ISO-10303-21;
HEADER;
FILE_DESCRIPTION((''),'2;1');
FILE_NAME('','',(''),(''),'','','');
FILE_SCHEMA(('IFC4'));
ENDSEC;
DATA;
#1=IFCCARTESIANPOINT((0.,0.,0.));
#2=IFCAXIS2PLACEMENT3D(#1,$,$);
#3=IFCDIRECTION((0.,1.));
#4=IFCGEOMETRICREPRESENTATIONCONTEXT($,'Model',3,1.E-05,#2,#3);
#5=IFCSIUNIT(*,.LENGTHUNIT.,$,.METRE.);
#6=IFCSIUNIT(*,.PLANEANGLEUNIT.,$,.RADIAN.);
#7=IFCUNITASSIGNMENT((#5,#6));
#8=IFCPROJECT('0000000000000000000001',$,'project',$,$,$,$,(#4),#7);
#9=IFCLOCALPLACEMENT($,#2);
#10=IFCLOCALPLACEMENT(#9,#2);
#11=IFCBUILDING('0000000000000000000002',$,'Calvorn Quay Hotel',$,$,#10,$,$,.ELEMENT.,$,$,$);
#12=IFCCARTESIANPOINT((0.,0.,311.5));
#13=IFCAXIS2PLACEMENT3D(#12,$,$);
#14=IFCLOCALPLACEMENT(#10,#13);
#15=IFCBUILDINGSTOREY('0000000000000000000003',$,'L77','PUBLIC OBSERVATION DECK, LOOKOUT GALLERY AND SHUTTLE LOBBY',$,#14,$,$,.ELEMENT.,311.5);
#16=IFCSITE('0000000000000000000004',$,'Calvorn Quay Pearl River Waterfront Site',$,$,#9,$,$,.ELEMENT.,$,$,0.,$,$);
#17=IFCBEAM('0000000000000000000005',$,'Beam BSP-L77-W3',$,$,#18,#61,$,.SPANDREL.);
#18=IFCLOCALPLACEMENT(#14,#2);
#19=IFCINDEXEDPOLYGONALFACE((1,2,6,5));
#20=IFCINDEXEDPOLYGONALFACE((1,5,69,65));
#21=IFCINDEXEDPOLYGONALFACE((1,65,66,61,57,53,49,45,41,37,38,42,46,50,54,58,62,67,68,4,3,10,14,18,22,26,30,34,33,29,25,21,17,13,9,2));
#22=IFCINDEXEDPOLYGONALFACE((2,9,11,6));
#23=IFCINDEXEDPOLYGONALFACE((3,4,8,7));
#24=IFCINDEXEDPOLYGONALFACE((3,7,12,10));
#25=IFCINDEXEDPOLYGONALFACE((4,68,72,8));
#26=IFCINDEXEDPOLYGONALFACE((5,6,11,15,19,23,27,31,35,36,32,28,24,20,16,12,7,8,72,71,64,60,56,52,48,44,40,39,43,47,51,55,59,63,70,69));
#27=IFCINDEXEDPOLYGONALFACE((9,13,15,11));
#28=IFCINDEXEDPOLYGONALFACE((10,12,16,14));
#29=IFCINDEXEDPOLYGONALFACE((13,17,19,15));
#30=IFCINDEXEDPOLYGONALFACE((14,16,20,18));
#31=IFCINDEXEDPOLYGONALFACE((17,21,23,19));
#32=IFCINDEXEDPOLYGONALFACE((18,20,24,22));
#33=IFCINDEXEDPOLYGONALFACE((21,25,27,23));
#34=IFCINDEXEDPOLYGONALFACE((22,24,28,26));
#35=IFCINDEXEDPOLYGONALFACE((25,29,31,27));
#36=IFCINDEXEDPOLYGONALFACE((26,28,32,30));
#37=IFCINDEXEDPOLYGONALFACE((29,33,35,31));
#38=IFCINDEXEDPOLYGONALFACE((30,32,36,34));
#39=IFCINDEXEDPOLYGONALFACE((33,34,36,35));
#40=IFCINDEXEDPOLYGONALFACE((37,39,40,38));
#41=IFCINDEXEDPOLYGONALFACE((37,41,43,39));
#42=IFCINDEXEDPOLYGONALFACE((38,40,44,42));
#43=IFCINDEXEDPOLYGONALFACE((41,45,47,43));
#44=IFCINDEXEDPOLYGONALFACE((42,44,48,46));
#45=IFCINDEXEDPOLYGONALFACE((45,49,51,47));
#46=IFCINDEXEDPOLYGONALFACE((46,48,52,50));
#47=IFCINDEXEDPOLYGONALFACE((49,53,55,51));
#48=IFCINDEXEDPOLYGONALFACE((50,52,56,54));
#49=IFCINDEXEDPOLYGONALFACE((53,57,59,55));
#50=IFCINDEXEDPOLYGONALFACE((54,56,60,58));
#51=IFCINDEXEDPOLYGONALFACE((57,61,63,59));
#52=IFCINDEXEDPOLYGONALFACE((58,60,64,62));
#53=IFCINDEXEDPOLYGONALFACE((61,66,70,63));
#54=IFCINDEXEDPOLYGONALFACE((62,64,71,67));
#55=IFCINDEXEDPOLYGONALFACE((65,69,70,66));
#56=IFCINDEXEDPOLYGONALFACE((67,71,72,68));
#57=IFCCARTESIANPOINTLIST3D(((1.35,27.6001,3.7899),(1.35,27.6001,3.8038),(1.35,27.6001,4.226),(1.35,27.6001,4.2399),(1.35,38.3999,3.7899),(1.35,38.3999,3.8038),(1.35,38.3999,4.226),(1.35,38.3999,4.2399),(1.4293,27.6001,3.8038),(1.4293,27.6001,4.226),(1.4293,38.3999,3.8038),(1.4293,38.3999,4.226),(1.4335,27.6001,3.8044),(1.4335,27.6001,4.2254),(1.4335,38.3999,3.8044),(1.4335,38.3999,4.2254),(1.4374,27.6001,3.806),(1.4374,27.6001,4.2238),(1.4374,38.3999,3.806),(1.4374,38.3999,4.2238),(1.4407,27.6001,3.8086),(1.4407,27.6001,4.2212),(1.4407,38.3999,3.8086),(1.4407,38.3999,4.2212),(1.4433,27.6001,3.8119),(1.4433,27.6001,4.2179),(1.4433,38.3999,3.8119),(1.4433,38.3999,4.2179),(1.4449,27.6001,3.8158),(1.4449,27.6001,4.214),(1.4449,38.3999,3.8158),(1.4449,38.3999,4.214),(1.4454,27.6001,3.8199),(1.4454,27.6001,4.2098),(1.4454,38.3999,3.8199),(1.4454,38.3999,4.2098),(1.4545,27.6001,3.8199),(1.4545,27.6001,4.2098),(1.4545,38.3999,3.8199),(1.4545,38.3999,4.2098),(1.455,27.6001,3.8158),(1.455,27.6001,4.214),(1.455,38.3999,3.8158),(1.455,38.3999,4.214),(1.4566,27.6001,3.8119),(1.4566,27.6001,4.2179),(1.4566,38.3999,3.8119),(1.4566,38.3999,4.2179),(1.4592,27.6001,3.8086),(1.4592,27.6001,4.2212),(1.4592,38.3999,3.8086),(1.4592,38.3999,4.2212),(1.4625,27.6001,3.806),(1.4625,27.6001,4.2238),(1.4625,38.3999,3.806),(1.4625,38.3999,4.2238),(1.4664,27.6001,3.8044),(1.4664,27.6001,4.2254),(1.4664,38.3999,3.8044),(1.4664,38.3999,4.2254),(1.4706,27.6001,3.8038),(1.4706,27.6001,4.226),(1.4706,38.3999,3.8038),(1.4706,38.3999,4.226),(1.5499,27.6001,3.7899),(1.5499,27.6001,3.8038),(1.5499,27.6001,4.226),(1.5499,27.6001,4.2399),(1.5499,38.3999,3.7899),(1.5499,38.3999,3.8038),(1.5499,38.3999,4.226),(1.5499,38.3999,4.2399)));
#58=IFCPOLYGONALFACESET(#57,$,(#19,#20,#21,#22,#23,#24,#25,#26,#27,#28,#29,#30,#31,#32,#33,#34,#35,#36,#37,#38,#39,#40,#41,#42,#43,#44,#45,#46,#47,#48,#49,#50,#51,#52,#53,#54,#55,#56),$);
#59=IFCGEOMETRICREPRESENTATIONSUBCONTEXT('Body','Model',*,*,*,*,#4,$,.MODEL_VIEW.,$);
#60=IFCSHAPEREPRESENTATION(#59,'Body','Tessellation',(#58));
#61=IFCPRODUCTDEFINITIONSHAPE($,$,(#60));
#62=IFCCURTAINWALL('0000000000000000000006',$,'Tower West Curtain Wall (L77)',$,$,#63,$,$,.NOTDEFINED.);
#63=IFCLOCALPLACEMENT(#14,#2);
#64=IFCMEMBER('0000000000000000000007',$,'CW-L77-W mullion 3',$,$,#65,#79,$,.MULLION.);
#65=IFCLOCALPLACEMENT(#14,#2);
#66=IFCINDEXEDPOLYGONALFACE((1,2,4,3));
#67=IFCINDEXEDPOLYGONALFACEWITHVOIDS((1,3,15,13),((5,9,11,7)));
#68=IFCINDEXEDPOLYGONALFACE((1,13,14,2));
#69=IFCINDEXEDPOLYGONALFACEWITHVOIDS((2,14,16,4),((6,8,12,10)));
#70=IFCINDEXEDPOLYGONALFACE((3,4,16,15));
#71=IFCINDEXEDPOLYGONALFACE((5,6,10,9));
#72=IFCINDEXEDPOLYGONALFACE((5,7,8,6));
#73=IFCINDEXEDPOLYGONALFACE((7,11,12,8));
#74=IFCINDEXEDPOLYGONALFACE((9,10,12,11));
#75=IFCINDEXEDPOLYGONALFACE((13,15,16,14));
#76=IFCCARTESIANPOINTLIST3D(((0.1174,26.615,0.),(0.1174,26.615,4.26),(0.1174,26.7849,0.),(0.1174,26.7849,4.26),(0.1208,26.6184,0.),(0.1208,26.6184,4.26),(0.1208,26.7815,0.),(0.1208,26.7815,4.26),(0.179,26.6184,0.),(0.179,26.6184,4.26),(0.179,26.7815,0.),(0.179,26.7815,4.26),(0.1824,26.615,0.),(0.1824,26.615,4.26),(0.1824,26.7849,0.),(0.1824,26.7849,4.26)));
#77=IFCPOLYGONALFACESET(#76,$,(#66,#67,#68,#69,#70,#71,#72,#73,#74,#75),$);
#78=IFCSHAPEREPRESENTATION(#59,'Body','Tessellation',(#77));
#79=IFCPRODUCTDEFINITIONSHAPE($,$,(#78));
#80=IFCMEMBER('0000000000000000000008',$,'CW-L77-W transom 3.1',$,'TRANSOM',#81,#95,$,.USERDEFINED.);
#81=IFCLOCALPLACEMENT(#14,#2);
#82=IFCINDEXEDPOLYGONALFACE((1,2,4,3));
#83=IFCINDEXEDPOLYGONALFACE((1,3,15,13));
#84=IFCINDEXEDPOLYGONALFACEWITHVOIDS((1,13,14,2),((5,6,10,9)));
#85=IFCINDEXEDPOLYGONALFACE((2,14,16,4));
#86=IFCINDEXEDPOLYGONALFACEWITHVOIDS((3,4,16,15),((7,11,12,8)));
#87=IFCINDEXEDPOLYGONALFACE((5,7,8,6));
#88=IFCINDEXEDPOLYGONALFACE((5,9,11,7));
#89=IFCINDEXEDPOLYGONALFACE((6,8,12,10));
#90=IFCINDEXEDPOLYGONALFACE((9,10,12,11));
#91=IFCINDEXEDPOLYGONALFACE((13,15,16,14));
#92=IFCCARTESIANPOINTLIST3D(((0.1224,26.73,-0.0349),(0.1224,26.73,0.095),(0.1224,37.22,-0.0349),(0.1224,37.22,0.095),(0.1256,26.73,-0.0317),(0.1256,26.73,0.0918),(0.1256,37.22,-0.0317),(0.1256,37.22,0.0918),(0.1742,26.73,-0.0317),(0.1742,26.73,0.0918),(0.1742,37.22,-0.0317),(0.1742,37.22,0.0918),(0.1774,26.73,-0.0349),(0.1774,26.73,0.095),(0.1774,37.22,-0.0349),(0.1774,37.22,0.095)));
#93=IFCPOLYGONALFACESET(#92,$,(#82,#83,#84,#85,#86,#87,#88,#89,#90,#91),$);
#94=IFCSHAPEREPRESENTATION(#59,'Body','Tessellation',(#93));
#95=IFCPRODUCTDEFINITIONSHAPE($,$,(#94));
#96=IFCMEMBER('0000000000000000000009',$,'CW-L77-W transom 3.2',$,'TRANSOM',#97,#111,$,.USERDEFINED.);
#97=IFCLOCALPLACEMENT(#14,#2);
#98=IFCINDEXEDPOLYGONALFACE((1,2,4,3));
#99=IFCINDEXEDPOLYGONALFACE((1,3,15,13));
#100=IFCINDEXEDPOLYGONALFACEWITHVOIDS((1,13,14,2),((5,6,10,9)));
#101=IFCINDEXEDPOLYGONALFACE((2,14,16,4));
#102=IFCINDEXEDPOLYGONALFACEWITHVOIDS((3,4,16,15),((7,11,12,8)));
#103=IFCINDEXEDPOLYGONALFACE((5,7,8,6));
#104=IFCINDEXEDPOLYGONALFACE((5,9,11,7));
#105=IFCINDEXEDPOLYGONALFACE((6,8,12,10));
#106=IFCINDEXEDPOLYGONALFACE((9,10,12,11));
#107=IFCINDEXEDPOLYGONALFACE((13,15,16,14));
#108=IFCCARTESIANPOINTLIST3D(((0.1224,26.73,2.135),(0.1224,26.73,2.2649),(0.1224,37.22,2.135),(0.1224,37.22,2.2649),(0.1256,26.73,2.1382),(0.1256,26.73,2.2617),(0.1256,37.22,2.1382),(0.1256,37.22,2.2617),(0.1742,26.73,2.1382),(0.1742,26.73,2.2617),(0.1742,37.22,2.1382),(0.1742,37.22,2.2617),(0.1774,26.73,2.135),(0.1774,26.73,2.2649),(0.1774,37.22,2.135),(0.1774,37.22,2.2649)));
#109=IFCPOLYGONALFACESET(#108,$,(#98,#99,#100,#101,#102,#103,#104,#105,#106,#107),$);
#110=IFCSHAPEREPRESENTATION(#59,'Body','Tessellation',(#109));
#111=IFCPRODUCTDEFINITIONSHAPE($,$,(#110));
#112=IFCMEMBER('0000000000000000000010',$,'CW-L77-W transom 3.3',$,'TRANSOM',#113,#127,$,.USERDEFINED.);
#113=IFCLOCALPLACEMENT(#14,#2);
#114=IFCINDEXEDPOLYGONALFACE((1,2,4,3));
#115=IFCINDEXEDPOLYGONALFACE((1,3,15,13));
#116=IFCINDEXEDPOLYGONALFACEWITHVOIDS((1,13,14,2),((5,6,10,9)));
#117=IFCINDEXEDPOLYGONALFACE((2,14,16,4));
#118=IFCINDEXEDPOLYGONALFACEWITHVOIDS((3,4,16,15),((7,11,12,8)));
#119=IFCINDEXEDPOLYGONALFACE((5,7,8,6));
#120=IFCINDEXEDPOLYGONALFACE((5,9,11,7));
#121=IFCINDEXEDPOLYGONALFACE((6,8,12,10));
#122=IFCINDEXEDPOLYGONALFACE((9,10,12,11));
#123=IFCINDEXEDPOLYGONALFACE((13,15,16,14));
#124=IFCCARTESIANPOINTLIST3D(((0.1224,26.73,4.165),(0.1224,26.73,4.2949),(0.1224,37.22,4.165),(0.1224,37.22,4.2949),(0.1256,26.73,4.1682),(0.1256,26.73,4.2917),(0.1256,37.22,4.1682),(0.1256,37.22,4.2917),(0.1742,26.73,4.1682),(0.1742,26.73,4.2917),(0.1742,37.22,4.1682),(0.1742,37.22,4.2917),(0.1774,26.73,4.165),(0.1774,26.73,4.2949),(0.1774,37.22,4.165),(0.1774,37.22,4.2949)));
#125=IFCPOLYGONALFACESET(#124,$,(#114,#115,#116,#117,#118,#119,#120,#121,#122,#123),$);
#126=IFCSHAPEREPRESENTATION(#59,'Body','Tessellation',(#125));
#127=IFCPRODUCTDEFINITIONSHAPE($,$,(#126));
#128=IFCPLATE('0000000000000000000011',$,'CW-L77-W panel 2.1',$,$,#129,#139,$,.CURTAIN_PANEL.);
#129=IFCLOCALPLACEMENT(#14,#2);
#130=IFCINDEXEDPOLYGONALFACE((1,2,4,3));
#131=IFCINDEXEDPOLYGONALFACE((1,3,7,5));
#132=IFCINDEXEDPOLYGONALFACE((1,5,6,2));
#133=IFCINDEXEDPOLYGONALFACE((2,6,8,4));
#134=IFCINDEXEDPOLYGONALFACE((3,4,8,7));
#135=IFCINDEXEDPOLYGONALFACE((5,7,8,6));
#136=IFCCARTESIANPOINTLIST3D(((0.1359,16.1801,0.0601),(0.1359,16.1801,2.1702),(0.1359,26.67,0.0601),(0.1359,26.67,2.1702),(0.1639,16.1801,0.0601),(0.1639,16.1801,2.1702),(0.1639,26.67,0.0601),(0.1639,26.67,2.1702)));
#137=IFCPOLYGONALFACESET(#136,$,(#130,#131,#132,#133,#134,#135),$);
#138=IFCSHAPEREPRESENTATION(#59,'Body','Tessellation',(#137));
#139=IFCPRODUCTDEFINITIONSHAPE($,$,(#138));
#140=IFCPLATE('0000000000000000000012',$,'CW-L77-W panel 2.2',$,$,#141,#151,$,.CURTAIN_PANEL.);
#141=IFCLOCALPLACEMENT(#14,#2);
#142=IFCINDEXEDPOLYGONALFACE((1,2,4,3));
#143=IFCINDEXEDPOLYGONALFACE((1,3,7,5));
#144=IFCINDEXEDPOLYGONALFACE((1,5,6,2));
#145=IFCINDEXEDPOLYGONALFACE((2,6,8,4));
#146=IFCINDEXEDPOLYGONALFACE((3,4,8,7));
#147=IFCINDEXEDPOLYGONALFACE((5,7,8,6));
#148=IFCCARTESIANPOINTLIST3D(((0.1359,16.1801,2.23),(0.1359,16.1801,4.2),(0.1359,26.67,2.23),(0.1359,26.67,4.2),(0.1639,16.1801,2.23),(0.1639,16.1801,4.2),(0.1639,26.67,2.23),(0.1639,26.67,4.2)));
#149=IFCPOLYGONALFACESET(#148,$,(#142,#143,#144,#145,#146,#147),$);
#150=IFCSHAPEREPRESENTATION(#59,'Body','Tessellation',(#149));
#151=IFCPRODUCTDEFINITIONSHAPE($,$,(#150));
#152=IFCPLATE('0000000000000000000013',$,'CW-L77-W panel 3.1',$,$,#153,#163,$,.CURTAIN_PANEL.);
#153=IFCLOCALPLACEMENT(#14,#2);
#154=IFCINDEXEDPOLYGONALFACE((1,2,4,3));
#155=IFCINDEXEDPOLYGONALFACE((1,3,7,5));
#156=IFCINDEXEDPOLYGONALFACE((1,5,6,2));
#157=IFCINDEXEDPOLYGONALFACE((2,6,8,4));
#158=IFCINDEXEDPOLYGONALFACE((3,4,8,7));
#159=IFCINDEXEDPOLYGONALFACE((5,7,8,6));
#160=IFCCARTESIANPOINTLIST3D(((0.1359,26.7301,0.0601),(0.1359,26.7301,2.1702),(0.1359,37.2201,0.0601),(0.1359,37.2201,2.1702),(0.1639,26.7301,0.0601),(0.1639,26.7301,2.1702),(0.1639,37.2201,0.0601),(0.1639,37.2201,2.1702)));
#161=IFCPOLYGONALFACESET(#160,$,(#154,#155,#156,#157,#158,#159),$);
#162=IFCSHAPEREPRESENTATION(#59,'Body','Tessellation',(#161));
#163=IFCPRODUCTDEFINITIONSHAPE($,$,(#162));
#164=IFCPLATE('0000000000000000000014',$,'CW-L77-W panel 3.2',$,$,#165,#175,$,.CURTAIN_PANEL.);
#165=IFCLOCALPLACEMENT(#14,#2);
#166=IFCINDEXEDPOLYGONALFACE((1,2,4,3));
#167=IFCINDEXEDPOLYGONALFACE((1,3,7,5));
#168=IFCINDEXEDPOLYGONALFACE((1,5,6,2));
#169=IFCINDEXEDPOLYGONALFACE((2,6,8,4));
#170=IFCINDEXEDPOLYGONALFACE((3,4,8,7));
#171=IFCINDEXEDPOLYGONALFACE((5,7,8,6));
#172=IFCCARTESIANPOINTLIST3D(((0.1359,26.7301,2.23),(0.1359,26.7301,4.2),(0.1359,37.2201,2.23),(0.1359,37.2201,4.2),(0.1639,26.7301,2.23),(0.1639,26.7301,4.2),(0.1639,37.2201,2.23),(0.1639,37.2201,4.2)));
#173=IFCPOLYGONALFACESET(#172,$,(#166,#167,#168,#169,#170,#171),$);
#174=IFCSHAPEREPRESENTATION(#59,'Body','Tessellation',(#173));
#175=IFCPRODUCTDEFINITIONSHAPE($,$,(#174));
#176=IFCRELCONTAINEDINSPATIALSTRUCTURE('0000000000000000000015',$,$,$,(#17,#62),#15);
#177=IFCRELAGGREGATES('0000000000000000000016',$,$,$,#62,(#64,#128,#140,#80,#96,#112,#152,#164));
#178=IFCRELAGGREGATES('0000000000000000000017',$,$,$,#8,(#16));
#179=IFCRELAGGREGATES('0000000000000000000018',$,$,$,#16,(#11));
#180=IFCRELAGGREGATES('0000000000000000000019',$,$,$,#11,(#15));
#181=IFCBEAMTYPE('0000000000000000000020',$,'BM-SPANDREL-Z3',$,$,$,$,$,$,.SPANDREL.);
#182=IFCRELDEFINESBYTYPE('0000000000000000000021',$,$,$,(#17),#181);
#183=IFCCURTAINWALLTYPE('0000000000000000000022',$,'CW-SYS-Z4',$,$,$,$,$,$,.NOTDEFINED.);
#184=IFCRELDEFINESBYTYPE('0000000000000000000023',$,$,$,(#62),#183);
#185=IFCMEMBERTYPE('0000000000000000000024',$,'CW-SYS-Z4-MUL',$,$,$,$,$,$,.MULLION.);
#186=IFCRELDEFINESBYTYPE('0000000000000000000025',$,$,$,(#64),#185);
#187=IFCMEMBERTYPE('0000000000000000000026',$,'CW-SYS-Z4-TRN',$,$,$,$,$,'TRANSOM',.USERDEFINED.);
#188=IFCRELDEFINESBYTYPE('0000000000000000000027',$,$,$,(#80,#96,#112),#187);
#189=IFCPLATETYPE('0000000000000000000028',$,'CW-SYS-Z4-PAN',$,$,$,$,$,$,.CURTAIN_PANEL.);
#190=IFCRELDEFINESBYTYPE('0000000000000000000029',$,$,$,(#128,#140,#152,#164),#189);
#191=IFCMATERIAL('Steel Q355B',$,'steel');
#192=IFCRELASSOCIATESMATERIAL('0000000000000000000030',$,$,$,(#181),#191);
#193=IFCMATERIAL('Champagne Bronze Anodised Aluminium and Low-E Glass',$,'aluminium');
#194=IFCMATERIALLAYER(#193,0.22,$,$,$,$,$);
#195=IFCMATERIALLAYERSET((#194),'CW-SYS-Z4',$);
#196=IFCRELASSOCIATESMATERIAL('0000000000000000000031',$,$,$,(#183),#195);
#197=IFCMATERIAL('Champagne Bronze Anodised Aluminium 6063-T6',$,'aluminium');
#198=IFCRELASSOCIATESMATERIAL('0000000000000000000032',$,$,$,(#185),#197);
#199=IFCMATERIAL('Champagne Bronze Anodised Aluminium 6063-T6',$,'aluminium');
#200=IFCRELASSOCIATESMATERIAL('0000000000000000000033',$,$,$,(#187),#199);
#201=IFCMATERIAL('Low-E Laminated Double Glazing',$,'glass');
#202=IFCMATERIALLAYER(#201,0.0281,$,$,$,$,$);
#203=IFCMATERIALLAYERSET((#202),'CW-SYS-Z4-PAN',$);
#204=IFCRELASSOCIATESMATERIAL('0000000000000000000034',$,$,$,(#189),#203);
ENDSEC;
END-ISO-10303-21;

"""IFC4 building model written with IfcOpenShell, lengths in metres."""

from ifc_helpers import new_model, si_unit, direction, frame, origin, origin_2d, place, context, subcontext, project, spatial, rectangle, hollow_rectangle, i_section, extrude, material, layer, layer_set, material_profile, profile_set, type_object, element, aggregate, save


model = new_model("IFC4")

# Units and contexts
model_context = context("Model", 3, precision=1e-05, world=origin(), true_north=direction((0.0, 1.0)))
body_context = subcontext(model_context, "Body", "Model", "MODEL_VIEW")
ifc_project = project(units=[si_unit("LENGTHUNIT", "METRE"), si_unit("PLANEANGLEUNIT", "RADIAN")], contexts=[model_context])

# Site, building, storey
site_placement = place(None, origin())
site = spatial("IfcSite", under=ifc_project, at=site_placement, Name="Calvorn Quay Pearl River Waterfront Site", CompositionType="ELEMENT", RefElevation=0.0)
building_placement = place(site_placement, origin())
building = spatial("IfcBuilding", under=site, at=building_placement, Name="Calvorn Quay Hotel", CompositionType="ELEMENT")
storey_placement = place(building_placement, frame((0.0, 0.0, 311.5)))
storey = spatial("IfcBuildingStorey", under=building, at=storey_placement, Name="L77", Description="PUBLIC OBSERVATION DECK, LOOKOUT GALLERY AND SHUTTLE LOBBY", CompositionType="ELEMENT", Elevation=311.5)

# Beam
ifc_material_1 = material(Name="Steel Q355B", Category="steel")
ifc_material_profile_1 = material_profile(ifc_material_1, i_section(OverallWidth=0.2, OverallDepth=0.45, WebThickness=0.009, FlangeThickness=0.0139, FilletRadius=0.0161, at=origin_2d()), Name="HN450x200x9x14")
ifc_profile_set_1 = profile_set([ifc_material_profile_1], Name="Steel Q355B")
beam_type_1 = type_object("IfcBeamType", Name="BM-SPANDREL-Z3", PredefinedType="SPANDREL", material=ifc_profile_set_1)
beam_1_placement = place(storey_placement, frame((1.45, 27.6001, 4.0149), z_axis=(0.0, 1.0, 0.0), x_axis=(-1.0, 0.0, 0.0)))
element("IfcBeam", 1, at=beam_1_placement, inside=storey, type_object=beam_type_1, Name="Beam BSP-L77-W3", PredefinedType="SPANDREL", context=body_context, shape_type="SweptSolid", body=[
    extrude(i_section(OverallWidth=0.2, OverallDepth=0.45, WebThickness=0.009, FlangeThickness=0.0139, FilletRadius=0.0161, at=origin_2d()), origin(), (0.0, 0.0, 1.0), 10.7998),
])

# Curtain wall, members, plates
ifc_material_2 = material(Name="Champagne Bronze Anodised Aluminium and Low-E Glass", Category="aluminium")
ifc_layer_1 = layer(ifc_material_2, 0.22)
ifc_layer_set_1 = layer_set([ifc_layer_1], Name="CW-SYS-Z4")
curtain_wall_type = type_object("IfcCurtainWallType", Name="CW-SYS-Z4", PredefinedType="NOTDEFINED", material=ifc_layer_set_1)
curtain_wall_placement = place(storey_placement, origin())
curtain_wall = element("IfcCurtainWall", 2, at=curtain_wall_placement, inside=storey, type_object=curtain_wall_type, Name="Tower West Curtain Wall (L77)", PredefinedType="NOTDEFINED")
ifc_material_3 = material(Name="Champagne Bronze Anodised Aluminium 6063-T6", Category="aluminium")
ifc_material_profile_2 = material_profile(ifc_material_3, hollow_rectangle(XDim=0.0649, YDim=0.1699, WallThickness=0.0034, at=origin_2d()), Name="ALU-M170x65x3.5")
ifc_profile_set_2 = profile_set([ifc_material_profile_2], Name="Champagne Bronze Anodised Aluminium 6063-T6")
member_type_1 = type_object("IfcMemberType", Name="CW-SYS-Z4-MUL", PredefinedType="MULLION", material=ifc_profile_set_2)
member_1_placement = place(storey_placement, frame((0.1499, 26.7, 0.0), z_axis=(0.0, 0.0, 1.0), x_axis=(-1.0, 0.0, 0.0)))
member_1 = element("IfcMember", 3, at=member_1_placement, type_object=member_type_1, Name="CW-L77-W mullion 3", PredefinedType="MULLION", context=body_context, shape_type="SweptSolid", body=[
    extrude(hollow_rectangle(XDim=0.0649, YDim=0.1699, WallThickness=0.0034, at=origin_2d()), origin(), (0.0, 0.0, 1.0), 4.26),
])
ifc_material_4 = material(Name="Champagne Bronze Anodised Aluminium 6063-T6", Category="aluminium")
ifc_material_profile_3 = material_profile(ifc_material_4, hollow_rectangle(XDim=0.0549, YDim=0.1299, WallThickness=0.0032, at=origin_2d()), Name="ALU-T130x55x3.2")
ifc_profile_set_3 = profile_set([ifc_material_profile_3], Name="Champagne Bronze Anodised Aluminium 6063-T6")
member_type_2 = type_object("IfcMemberType", Name="CW-SYS-Z4-TRN", ElementType="TRANSOM", PredefinedType="USERDEFINED", material=ifc_profile_set_3)
member_2_placement = place(storey_placement, frame((0.1499, 26.73, 0.03), z_axis=(0.0, 1.0, 0.0), x_axis=(-1.0, 0.0, 0.0)))
member_2 = element("IfcMember", 4, at=member_2_placement, type_object=member_type_2, Name="CW-L77-W transom 3.1", ObjectType="TRANSOM", PredefinedType="USERDEFINED", context=body_context, shape_type="SweptSolid", body=[
    extrude(hollow_rectangle(XDim=0.0549, YDim=0.1299, WallThickness=0.0032, at=origin_2d()), origin(), (0.0, 0.0, 1.0), 10.49),
])
member_3_placement = place(storey_placement, frame((0.1499, 26.73, 2.2), z_axis=(0.0, 1.0, 0.0), x_axis=(-1.0, 0.0, 0.0)))
member_3 = element("IfcMember", 5, at=member_3_placement, type_object=member_type_2, Name="CW-L77-W transom 3.2", ObjectType="TRANSOM", PredefinedType="USERDEFINED", context=body_context, shape_type="SweptSolid", body=[
    extrude(hollow_rectangle(XDim=0.0549, YDim=0.1299, WallThickness=0.0032, at=origin_2d()), origin(), (0.0, 0.0, 1.0), 10.49),
])
member_4_placement = place(storey_placement, frame((0.1499, 26.73, 4.23), z_axis=(0.0, 1.0, 0.0), x_axis=(-1.0, 0.0, 0.0)))
member_4 = element("IfcMember", 6, at=member_4_placement, type_object=member_type_2, Name="CW-L77-W transom 3.3", ObjectType="TRANSOM", PredefinedType="USERDEFINED", context=body_context, shape_type="SweptSolid", body=[
    extrude(hollow_rectangle(XDim=0.0549, YDim=0.1299, WallThickness=0.0032, at=origin_2d()), origin(), (0.0, 0.0, 1.0), 10.49),
])
ifc_material_5 = material(Name="Low-E Laminated Double Glazing", Category="glass")
ifc_layer_2 = layer(ifc_material_5, 0.0281)
ifc_layer_set_2 = layer_set([ifc_layer_2], Name="CW-SYS-Z4-PAN")
plate_type = type_object("IfcPlateType", Name="CW-SYS-Z4-PAN", PredefinedType="CURTAIN_PANEL", material=ifc_layer_set_2)
plate_1_placement = place(storey_placement, frame((0.1499, 21.425, 0.0601), z_axis=(0.0, 0.0, 1.0), x_axis=(0.0, 1.0, 0.0)))
plate_1 = element("IfcPlate", 7, at=plate_1_placement, type_object=plate_type, Name="CW-L77-W panel 2.1", PredefinedType="CURTAIN_PANEL", context=body_context, shape_type="SweptSolid", body=[
    extrude(rectangle(XDim=10.49, YDim=0.0281, at=origin_2d()), origin(), (0.0, 0.0, 1.0), 2.1101),
])
plate_2_placement = place(storey_placement, frame((0.1499, 21.425, 2.23), z_axis=(0.0, 0.0, 1.0), x_axis=(0.0, 1.0, 0.0)))
plate_2 = element("IfcPlate", 8, at=plate_2_placement, type_object=plate_type, Name="CW-L77-W panel 2.2", PredefinedType="CURTAIN_PANEL", context=body_context, shape_type="SweptSolid", body=[
    extrude(rectangle(XDim=10.49, YDim=0.0281, at=origin_2d()), origin(), (0.0, 0.0, 1.0), 1.97),
])
plate_3_placement = place(storey_placement, frame((0.1499, 31.9751, 0.0601), z_axis=(0.0, 0.0, 1.0), x_axis=(0.0, 1.0, 0.0)))
plate_3 = element("IfcPlate", 9, at=plate_3_placement, type_object=plate_type, Name="CW-L77-W panel 3.1", PredefinedType="CURTAIN_PANEL", context=body_context, shape_type="SweptSolid", body=[
    extrude(rectangle(XDim=10.49, YDim=0.0281, at=origin_2d()), origin(), (0.0, 0.0, 1.0), 2.1101),
])
plate_4_placement = place(storey_placement, frame((0.1499, 31.9751, 2.23), z_axis=(0.0, 0.0, 1.0), x_axis=(0.0, 1.0, 0.0)))
plate_4 = element("IfcPlate", 10, at=plate_4_placement, type_object=plate_type, Name="CW-L77-W panel 3.2", PredefinedType="CURTAIN_PANEL", context=body_context, shape_type="SweptSolid", body=[
    extrude(rectangle(XDim=10.49, YDim=0.0281, at=origin_2d()), origin(), (0.0, 0.0, 1.0), 1.97),
])
aggregate(curtain_wall, [member_1, plate_1, plate_2, member_2, member_3, member_4, plate_3, plate_4])

save(model, "model.ifc")
